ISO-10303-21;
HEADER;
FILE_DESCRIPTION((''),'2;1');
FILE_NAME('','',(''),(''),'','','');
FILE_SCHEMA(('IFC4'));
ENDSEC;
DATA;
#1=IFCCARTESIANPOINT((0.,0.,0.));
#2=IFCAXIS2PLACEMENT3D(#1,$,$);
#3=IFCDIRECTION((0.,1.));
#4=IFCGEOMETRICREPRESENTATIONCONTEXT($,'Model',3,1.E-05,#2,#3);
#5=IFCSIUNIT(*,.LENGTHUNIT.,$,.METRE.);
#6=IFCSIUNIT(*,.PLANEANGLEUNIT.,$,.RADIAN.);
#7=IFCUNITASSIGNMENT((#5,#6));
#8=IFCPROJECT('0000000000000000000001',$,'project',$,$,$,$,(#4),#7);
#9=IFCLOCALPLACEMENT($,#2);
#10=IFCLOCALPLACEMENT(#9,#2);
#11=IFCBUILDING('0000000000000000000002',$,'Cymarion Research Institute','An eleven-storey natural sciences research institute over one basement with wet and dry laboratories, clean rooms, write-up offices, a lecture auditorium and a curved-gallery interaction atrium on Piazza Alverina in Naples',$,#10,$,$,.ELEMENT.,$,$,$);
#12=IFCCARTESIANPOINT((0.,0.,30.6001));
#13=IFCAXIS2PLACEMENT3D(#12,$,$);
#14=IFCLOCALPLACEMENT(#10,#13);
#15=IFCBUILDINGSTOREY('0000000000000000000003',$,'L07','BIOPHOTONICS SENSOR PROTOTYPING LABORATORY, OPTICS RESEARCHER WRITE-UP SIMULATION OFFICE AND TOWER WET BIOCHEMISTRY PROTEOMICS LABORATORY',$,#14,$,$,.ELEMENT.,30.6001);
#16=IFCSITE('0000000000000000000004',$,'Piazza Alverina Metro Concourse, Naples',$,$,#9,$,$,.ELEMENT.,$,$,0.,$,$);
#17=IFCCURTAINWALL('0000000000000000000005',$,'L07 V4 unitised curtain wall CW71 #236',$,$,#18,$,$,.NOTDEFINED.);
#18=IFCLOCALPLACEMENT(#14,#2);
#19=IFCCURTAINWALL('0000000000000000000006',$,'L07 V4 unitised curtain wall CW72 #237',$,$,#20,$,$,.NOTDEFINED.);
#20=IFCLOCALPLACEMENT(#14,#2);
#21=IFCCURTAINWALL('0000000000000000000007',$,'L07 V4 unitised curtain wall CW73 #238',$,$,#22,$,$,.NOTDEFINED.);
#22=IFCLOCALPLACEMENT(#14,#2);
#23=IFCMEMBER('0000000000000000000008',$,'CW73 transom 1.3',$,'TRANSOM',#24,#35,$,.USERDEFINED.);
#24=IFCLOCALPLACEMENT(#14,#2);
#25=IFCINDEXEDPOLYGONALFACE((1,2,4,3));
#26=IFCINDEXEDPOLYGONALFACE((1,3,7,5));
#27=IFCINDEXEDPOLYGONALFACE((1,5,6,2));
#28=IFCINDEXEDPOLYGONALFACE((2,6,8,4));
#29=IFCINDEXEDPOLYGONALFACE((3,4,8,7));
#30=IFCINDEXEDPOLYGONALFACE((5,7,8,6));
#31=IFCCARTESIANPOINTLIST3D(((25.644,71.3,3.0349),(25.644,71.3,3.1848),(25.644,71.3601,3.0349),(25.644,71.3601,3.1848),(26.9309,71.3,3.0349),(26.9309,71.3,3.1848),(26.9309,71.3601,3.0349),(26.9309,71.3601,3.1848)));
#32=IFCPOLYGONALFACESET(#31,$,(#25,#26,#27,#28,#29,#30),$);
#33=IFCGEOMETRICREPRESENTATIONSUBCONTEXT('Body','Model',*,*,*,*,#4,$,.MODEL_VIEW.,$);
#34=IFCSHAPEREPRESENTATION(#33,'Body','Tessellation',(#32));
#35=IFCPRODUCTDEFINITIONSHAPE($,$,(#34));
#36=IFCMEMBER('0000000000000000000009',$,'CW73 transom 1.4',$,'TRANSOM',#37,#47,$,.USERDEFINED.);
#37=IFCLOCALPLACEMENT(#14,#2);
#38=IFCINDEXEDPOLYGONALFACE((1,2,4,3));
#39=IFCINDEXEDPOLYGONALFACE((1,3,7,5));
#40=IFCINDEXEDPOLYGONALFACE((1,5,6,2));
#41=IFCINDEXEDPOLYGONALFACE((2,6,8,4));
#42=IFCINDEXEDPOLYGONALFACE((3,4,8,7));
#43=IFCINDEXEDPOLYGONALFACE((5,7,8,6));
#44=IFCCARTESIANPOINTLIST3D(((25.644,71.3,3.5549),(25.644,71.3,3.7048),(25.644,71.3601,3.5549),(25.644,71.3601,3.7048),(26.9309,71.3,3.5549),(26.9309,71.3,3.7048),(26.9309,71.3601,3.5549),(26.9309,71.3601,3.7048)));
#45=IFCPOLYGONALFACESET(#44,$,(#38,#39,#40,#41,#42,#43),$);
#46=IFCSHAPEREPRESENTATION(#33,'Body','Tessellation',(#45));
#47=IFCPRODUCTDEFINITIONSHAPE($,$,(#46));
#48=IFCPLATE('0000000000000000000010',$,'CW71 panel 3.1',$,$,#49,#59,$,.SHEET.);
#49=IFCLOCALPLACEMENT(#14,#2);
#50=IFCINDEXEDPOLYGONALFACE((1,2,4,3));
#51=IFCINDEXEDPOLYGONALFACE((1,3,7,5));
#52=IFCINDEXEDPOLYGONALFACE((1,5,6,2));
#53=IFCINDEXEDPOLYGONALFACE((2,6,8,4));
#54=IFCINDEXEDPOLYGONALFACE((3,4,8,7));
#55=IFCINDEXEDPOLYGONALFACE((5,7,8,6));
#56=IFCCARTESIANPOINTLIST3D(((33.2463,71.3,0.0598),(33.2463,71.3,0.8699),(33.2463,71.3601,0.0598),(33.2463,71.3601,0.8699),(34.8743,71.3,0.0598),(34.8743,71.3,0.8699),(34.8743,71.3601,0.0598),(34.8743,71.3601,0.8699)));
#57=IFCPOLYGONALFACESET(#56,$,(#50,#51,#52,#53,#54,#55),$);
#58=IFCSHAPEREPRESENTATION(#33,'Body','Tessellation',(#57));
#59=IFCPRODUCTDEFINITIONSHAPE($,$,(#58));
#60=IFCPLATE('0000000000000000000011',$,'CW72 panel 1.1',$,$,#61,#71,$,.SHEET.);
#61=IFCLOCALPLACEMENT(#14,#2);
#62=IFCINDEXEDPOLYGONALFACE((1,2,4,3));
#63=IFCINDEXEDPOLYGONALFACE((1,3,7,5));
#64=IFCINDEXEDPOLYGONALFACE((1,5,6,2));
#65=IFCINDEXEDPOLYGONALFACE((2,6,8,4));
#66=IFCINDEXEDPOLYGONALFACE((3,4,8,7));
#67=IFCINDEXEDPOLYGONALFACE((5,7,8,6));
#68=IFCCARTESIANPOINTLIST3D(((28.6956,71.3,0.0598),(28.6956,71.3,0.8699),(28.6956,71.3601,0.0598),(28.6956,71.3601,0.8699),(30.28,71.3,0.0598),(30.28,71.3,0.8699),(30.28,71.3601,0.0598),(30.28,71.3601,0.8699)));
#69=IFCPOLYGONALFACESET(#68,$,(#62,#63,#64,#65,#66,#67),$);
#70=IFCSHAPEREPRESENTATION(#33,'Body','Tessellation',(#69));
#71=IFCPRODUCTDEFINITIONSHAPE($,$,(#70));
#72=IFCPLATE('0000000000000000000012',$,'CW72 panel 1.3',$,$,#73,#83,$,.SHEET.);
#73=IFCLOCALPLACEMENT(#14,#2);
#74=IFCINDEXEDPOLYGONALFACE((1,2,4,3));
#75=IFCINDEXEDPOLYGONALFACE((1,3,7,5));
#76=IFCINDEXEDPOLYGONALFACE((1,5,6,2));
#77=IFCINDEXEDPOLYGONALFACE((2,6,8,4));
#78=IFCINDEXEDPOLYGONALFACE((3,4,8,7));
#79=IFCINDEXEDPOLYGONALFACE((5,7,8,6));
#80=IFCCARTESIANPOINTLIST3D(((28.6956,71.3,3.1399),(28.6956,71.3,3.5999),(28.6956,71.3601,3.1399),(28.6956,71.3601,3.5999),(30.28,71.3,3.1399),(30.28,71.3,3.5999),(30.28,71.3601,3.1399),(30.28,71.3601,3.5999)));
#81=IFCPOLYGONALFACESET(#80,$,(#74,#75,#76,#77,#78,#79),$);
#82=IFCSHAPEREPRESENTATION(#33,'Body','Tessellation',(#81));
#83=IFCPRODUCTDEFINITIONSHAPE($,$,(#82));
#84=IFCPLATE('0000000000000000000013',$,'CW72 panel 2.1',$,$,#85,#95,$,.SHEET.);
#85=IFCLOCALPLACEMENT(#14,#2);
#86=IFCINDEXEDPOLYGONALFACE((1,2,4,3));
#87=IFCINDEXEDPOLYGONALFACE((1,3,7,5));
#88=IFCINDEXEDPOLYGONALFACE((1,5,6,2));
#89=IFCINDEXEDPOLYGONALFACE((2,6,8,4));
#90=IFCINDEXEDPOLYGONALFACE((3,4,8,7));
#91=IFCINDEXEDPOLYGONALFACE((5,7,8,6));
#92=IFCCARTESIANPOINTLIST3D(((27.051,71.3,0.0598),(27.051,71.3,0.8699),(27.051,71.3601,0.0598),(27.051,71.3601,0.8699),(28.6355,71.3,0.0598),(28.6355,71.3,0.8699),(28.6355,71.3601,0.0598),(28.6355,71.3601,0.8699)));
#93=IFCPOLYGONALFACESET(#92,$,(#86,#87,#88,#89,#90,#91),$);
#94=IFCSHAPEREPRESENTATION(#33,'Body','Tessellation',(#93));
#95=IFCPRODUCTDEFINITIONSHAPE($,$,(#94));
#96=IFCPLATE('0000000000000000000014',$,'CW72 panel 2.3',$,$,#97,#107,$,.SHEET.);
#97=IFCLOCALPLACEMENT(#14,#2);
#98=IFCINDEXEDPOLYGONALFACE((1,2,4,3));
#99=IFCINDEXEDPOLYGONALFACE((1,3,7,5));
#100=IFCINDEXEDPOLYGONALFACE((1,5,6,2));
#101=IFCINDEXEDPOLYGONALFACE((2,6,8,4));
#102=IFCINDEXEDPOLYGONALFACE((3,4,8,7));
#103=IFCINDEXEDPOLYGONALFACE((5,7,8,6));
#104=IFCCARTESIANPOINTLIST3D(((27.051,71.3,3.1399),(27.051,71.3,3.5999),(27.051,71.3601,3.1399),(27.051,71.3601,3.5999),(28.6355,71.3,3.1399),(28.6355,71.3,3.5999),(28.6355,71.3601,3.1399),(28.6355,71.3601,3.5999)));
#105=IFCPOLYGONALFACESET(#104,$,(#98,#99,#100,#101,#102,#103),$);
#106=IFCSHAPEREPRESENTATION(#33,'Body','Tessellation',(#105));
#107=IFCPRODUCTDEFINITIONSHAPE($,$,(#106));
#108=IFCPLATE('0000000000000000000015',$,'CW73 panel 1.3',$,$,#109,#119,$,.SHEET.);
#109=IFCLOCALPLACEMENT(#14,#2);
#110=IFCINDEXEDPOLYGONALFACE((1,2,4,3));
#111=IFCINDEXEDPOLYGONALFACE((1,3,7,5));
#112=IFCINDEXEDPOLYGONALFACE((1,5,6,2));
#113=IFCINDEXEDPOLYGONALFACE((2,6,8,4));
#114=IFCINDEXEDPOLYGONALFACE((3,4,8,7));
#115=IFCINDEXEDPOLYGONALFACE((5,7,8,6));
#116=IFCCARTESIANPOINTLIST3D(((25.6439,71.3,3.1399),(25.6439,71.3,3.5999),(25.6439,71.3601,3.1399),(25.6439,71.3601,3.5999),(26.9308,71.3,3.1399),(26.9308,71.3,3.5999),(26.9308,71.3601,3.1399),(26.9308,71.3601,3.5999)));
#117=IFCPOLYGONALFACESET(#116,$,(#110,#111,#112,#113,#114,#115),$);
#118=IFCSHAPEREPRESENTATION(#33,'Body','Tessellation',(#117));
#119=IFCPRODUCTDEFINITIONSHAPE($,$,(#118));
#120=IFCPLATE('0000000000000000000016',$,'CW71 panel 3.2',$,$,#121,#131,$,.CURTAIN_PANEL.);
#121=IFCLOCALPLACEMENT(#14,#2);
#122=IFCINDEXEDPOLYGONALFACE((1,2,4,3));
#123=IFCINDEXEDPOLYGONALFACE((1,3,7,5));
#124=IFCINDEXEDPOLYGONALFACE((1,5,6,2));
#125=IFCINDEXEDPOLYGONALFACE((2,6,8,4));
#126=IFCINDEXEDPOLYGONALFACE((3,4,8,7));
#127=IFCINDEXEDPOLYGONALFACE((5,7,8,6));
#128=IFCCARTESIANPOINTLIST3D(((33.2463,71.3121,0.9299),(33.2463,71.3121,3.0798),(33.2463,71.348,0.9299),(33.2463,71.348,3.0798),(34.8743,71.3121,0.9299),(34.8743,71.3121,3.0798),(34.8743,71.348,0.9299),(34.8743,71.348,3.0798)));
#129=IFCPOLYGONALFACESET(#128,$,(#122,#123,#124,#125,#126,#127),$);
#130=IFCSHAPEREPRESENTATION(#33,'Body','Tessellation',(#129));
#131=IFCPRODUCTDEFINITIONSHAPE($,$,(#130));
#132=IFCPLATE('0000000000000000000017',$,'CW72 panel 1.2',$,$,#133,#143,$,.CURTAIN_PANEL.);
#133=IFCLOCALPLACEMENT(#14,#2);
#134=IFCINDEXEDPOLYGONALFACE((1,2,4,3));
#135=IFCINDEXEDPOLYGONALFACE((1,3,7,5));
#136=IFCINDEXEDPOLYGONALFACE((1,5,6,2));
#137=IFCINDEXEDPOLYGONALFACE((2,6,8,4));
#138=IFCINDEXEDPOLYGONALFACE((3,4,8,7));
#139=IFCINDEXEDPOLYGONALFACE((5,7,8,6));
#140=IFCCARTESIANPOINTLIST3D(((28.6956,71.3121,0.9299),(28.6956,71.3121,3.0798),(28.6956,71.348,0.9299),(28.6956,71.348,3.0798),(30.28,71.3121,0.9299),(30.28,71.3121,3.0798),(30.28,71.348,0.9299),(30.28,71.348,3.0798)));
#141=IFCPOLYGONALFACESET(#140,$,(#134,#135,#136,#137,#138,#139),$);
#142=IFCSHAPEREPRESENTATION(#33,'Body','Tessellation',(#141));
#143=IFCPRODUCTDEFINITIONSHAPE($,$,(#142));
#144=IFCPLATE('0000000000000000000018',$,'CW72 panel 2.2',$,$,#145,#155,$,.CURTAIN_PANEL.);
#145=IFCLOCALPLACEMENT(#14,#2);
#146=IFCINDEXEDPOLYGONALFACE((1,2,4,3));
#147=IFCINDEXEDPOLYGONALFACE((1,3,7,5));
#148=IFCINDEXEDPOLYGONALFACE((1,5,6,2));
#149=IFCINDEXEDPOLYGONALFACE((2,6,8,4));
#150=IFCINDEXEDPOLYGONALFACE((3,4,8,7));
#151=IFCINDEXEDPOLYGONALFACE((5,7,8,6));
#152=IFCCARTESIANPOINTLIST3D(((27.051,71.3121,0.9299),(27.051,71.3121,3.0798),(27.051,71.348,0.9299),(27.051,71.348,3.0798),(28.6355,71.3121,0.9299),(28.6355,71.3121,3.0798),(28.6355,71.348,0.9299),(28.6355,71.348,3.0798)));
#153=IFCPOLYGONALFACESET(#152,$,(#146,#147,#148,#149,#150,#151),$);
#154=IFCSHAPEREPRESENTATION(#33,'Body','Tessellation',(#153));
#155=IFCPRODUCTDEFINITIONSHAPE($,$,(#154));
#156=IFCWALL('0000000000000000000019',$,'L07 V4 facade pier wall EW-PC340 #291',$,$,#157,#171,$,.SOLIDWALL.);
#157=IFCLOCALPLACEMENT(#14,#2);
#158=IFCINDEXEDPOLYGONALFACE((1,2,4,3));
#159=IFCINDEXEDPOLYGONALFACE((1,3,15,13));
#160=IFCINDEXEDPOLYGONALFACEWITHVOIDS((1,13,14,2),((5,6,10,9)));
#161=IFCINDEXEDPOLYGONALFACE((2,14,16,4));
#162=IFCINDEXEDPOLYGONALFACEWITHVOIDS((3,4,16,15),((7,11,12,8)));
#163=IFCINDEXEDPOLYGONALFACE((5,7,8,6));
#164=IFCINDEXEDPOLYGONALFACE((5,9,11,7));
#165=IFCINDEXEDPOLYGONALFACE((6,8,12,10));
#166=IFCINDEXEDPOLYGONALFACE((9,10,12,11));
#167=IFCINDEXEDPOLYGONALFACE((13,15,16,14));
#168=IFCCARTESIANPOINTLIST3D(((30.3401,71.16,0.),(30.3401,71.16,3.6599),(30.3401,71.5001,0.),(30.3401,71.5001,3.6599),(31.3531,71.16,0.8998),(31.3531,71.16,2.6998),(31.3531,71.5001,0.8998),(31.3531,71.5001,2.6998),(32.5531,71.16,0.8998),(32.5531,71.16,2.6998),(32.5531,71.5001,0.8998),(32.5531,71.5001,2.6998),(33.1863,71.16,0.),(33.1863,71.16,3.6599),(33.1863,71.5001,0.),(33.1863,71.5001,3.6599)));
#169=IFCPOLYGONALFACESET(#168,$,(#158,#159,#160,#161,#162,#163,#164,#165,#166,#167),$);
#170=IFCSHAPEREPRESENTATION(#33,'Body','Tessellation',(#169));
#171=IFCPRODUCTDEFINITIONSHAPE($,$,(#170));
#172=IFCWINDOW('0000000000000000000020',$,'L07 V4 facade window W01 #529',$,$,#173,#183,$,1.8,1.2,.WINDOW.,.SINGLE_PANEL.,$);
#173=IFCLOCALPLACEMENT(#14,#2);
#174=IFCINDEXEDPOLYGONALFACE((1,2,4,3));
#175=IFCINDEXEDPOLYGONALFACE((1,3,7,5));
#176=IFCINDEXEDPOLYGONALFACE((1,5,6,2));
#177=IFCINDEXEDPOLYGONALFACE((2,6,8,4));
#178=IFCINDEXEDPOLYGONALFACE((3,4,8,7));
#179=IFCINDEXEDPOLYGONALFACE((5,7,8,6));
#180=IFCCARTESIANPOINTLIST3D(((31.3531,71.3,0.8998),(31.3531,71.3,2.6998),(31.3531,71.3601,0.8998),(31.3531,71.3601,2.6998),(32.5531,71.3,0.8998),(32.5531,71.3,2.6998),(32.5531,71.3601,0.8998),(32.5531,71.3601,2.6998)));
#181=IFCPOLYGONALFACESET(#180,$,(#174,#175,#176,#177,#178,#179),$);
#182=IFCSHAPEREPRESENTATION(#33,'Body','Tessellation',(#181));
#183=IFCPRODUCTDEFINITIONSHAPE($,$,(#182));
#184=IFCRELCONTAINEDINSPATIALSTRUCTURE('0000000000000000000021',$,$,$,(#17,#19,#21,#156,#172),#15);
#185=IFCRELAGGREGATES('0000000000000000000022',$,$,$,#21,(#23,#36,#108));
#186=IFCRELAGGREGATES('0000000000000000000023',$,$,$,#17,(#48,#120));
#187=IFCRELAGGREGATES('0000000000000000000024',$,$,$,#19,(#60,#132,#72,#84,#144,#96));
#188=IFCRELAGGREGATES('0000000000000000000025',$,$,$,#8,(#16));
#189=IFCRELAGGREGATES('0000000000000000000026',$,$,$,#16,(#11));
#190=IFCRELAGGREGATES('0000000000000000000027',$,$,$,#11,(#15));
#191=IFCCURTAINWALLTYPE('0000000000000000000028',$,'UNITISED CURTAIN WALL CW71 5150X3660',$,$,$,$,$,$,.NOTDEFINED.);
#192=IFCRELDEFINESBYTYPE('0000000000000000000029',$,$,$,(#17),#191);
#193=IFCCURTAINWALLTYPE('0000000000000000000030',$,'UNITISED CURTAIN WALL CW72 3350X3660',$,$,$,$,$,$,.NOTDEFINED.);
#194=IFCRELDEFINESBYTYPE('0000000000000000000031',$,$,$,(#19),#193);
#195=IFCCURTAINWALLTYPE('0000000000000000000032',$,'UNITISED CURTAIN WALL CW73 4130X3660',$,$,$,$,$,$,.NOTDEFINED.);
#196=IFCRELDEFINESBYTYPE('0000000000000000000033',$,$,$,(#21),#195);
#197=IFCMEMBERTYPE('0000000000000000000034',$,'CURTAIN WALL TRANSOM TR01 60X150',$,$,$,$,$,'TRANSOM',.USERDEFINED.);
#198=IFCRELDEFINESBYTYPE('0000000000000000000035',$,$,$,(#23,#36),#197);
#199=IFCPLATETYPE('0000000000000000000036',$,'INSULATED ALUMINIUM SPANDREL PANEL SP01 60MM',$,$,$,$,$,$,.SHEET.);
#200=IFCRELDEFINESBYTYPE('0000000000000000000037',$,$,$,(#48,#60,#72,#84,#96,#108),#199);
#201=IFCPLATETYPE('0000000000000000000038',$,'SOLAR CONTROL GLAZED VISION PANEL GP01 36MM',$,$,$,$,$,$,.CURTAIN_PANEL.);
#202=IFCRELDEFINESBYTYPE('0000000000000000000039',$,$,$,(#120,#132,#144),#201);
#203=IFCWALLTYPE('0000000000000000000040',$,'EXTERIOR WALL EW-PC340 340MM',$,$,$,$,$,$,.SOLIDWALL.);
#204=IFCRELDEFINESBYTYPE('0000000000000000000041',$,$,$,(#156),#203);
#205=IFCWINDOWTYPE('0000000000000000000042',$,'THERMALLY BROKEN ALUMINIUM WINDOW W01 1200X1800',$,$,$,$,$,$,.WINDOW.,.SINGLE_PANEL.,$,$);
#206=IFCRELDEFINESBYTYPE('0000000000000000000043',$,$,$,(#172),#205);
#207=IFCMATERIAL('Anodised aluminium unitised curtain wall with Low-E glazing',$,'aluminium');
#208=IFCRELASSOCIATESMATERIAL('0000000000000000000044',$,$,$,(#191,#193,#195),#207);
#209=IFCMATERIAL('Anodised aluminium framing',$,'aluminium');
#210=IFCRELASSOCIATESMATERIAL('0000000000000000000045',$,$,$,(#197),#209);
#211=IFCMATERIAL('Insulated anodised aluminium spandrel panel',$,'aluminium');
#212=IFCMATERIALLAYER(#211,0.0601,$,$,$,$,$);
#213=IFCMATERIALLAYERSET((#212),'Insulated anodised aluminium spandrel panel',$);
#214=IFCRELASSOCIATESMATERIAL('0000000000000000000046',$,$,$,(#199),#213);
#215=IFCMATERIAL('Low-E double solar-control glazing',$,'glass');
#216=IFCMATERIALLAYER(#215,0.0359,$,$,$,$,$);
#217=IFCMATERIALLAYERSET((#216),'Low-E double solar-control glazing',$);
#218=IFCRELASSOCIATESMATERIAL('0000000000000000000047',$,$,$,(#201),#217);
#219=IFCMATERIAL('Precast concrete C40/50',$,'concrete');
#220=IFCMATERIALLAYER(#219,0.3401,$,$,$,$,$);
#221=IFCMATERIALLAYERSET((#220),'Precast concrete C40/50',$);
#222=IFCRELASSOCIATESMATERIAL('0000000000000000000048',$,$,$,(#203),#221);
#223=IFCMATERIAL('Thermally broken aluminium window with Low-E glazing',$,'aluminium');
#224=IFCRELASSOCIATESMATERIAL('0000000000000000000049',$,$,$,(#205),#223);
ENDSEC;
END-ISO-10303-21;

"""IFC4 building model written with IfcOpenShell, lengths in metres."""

from ifc_helpers import new_model, si_unit, direction, frame, frame_2d, origin, origin_2d, place, context, subcontext, project, spatial, rectangle, extrude, material, layer, layer_set, material_profile, profile_set, type_object, element, fill, aggregate, save


model = new_model("IFC4")

# Units and contexts
model_context = context("Model", 3, precision=1e-05, world=origin(), true_north=direction((0.0, 1.0)))
body_context = subcontext(model_context, "Body", "Model", "MODEL_VIEW")
ifc_project = project(units=[si_unit("LENGTHUNIT", "METRE"), si_unit("PLANEANGLEUNIT", "RADIAN")], contexts=[model_context])

# Site, building, storey
site_placement = place(None, origin())
site = spatial("IfcSite", under=ifc_project, at=site_placement, Name="Piazza Alverina Metro Concourse, Naples", CompositionType="ELEMENT", RefElevation=0.0)
building_placement = place(site_placement, origin())
building = spatial("IfcBuilding", under=site, at=building_placement, Name="Cymarion Research Institute", Description="An eleven-storey natural sciences research institute over one basement with wet and dry laboratories, clean rooms, write-up offices, a lecture auditorium and a curved-gallery interaction atrium on Piazza Alverina in Naples", CompositionType="ELEMENT")
storey_placement = place(building_placement, frame((0.0, 0.0, 30.6001)))
storey = spatial("IfcBuildingStorey", under=building, at=storey_placement, Name="L07", Description="BIOPHOTONICS SENSOR PROTOTYPING LABORATORY, OPTICS RESEARCHER WRITE-UP SIMULATION OFFICE AND TOWER WET BIOCHEMISTRY PROTEOMICS LABORATORY", CompositionType="ELEMENT", Elevation=30.6001)

# Curtain wall
ifc_material_1 = material(Name="Anodised aluminium unitised curtain wall with Low-E glazing", Category="aluminium")
curtain_wall_type_1 = type_object("IfcCurtainWallType", Name="UNITISED CURTAIN WALL CW71 5150X3660", PredefinedType="NOTDEFINED", material=ifc_material_1)
curtain_wall_1_placement = place(storey_placement, origin())
curtain_wall_1 = element("IfcCurtainWall", 1, at=curtain_wall_1_placement, inside=storey, type_object=curtain_wall_type_1, Name="L07 V4 unitised curtain wall CW71 #236", PredefinedType="NOTDEFINED")
ifc_material_2 = material(Name="Anodised aluminium framing", Category="aluminium")

# Curtain wall
curtain_wall_type_2 = type_object("IfcCurtainWallType", Name="UNITISED CURTAIN WALL CW72 3350X3660", PredefinedType="NOTDEFINED", material=ifc_material_1)
curtain_wall_2_placement = place(storey_placement, origin())
curtain_wall_2 = element("IfcCurtainWall", 2, at=curtain_wall_2_placement, inside=storey, type_object=curtain_wall_type_2, Name="L07 V4 unitised curtain wall CW72 #237", PredefinedType="NOTDEFINED")

# Curtain wall
curtain_wall_type_3 = type_object("IfcCurtainWallType", Name="UNITISED CURTAIN WALL CW73 4130X3660", PredefinedType="NOTDEFINED", material=ifc_material_1)
curtain_wall_3_placement = place(storey_placement, origin())
curtain_wall_3 = element("IfcCurtainWall", 3, at=curtain_wall_3_placement, inside=storey, type_object=curtain_wall_type_3, Name="L07 V4 unitised curtain wall CW73 #238", PredefinedType="NOTDEFINED")

# Members
ifc_material_profile_1 = material_profile(ifc_material_2, rectangle(XDim=0.0601, YDim=0.1499, at=origin_2d()), Name="ALU TRANSOM 60x150")
ifc_profile_set_1 = profile_set([ifc_material_profile_1], Name="Anodised aluminium framing")
member_type_1 = type_object("IfcMemberType", Name="CURTAIN WALL TRANSOM TR01 60X150", ElementType="TRANSOM", PredefinedType="USERDEFINED", material=ifc_profile_set_1)
member_1_placement = place(storey_placement, frame((26.9309, 71.3301, 3.1099), z_axis=(-1.0, 0.0, 0.0), x_axis=(0.0, -1.0, 0.0)))
member_1 = element("IfcMember", 4, at=member_1_placement, type_object=member_type_1, Name="CW73 transom 1.3", ObjectType="TRANSOM", PredefinedType="USERDEFINED", context=body_context, shape_type="SweptSolid", body=[
    extrude(rectangle(XDim=0.0601, YDim=0.1499, at=origin_2d()), origin(), (0.0, 0.0, 1.0), 1.2869),
])
member_2_placement = place(storey_placement, frame((26.9309, 71.3301, 3.6299), z_axis=(-1.0, 0.0, 0.0), x_axis=(0.0, -1.0, 0.0)))
member_2 = element("IfcMember", 5, at=member_2_placement, type_object=member_type_1, Name="CW73 transom 1.4", ObjectType="TRANSOM", PredefinedType="USERDEFINED", context=body_context, shape_type="SweptSolid", body=[
    extrude(rectangle(XDim=0.0601, YDim=0.1499, at=origin_2d()), origin(), (0.0, 0.0, 1.0), 1.2869),
])

# Plates
ifc_material_3 = material(Name="Insulated anodised aluminium spandrel panel", Category="aluminium")
ifc_layer_1 = layer(ifc_material_3, 0.0601)
ifc_layer_set_1 = layer_set([ifc_layer_1], Name="Insulated anodised aluminium spandrel panel")
plate_type_1 = type_object("IfcPlateType", Name="INSULATED ALUMINIUM SPANDREL PANEL SP01 60MM", PredefinedType="SHEET", material=ifc_layer_set_1)
plate_1_placement = place(storey_placement, frame((34.0603, 71.3301, 0.0598), z_axis=(0.0, 0.0, 1.0), x_axis=(-1.0, 0.0, 0.0)))
plate_1 = element("IfcPlate", 6, at=plate_1_placement, type_object=plate_type_1, Name="CW71 panel 3.1", PredefinedType="SHEET", context=body_context, shape_type="SweptSolid", body=[
    extrude(rectangle(XDim=1.6279, YDim=0.0601, at=origin_2d()), origin(), (0.0, 0.0, 1.0), 0.8101),
])
plate_2_placement = place(storey_placement, frame((29.4878, 71.3301, 0.0598), z_axis=(0.0, 0.0, 1.0), x_axis=(-1.0, 0.0, 0.0)))
plate_2 = element("IfcPlate", 7, at=plate_2_placement, type_object=plate_type_1, Name="CW72 panel 1.1", PredefinedType="SHEET", context=body_context, shape_type="SweptSolid", body=[
    extrude(rectangle(XDim=1.5845, YDim=0.0601, at=origin_2d()), origin(), (0.0, 0.0, 1.0), 0.8101),
])
plate_3_placement = place(storey_placement, frame((29.4878, 71.3301, 3.1399), z_axis=(0.0, 0.0, 1.0), x_axis=(-1.0, 0.0, 0.0)))
plate_3 = element("IfcPlate", 8, at=plate_3_placement, type_object=plate_type_1, Name="CW72 panel 1.3", PredefinedType="SHEET", context=body_context, shape_type="SweptSolid", body=[
    extrude(rectangle(XDim=1.5845, YDim=0.0601, at=origin_2d()), origin(), (0.0, 0.0, 1.0), 0.46),
])
plate_4_placement = place(storey_placement, frame((27.8433, 71.3301, 0.0598), z_axis=(0.0, 0.0, 1.0), x_axis=(-1.0, 0.0, 0.0)))
plate_4 = element("IfcPlate", 9, at=plate_4_placement, type_object=plate_type_1, Name="CW72 panel 2.1", PredefinedType="SHEET", context=body_context, shape_type="SweptSolid", body=[
    extrude(rectangle(XDim=1.5845, YDim=0.0601, at=origin_2d()), origin(), (0.0, 0.0, 1.0), 0.8101),
])
plate_5_placement = place(storey_placement, frame((27.8433, 71.3301, 3.1399), z_axis=(0.0, 0.0, 1.0), x_axis=(-1.0, 0.0, 0.0)))
plate_5 = element("IfcPlate", 10, at=plate_5_placement, type_object=plate_type_1, Name="CW72 panel 2.3", PredefinedType="SHEET", context=body_context, shape_type="SweptSolid", body=[
    extrude(rectangle(XDim=1.5845, YDim=0.0601, at=origin_2d()), origin(), (0.0, 0.0, 1.0), 0.46),
])
plate_6_placement = place(storey_placement, frame((26.2874, 71.3301, 3.1399), z_axis=(0.0, 0.0, 1.0), x_axis=(-1.0, 0.0, 0.0)))
plate_6 = element("IfcPlate", 11, at=plate_6_placement, type_object=plate_type_1, Name="CW73 panel 1.3", PredefinedType="SHEET", context=body_context, shape_type="SweptSolid", body=[
    extrude(rectangle(XDim=1.2869, YDim=0.0601, at=origin_2d()), origin(), (0.0, 0.0, 1.0), 0.46),
])
aggregate(curtain_wall_3, [member_1, member_2, plate_6])
ifc_material_4 = material(Name="Low-E double solar-control glazing", Category="glass")
ifc_layer_2 = layer(ifc_material_4, 0.0359)
ifc_layer_set_2 = layer_set([ifc_layer_2], Name="Low-E double solar-control glazing")
plate_type_2 = type_object("IfcPlateType", Name="SOLAR CONTROL GLAZED VISION PANEL GP01 36MM", PredefinedType="CURTAIN_PANEL", material=ifc_layer_set_2)
plate_7_placement = place(storey_placement, frame((34.0603, 71.3301, 0.9299), z_axis=(0.0, 0.0, 1.0), x_axis=(-1.0, 0.0, 0.0)))
plate_7 = element("IfcPlate", 12, at=plate_7_placement, type_object=plate_type_2, Name="CW71 panel 3.2", PredefinedType="CURTAIN_PANEL", context=body_context, shape_type="SweptSolid", body=[
    extrude(rectangle(XDim=1.6279, YDim=0.0359, at=origin_2d()), origin(), (0.0, 0.0, 1.0), 2.1499),
])
aggregate(curtain_wall_1, [plate_1, plate_7])
plate_8_placement = place(storey_placement, frame((29.4878, 71.3301, 0.9299), z_axis=(0.0, 0.0, 1.0), x_axis=(-1.0, 0.0, 0.0)))
plate_8 = element("IfcPlate", 13, at=plate_8_placement, type_object=plate_type_2, Name="CW72 panel 1.2", PredefinedType="CURTAIN_PANEL", context=body_context, shape_type="SweptSolid", body=[
    extrude(rectangle(XDim=1.5845, YDim=0.0359, at=origin_2d()), origin(), (0.0, 0.0, 1.0), 2.1499),
])
plate_9_placement = place(storey_placement, frame((27.8433, 71.3301, 0.9299), z_axis=(0.0, 0.0, 1.0), x_axis=(-1.0, 0.0, 0.0)))
plate_9 = element("IfcPlate", 14, at=plate_9_placement, type_object=plate_type_2, Name="CW72 panel 2.2", PredefinedType="CURTAIN_PANEL", context=body_context, shape_type="SweptSolid", body=[
    extrude(rectangle(XDim=1.5845, YDim=0.0359, at=origin_2d()), origin(), (0.0, 0.0, 1.0), 2.1499),
])
aggregate(curtain_wall_2, [plate_2, plate_8, plate_3, plate_4, plate_9, plate_5])

# Wall, opening, window
ifc_material_5 = material(Name="Precast concrete C40/50", Category="concrete")
ifc_layer_3 = layer(ifc_material_5, 0.3401)
ifc_layer_set_3 = layer_set([ifc_layer_3], Name="Precast concrete C40/50")
wall_type_1 = type_object("IfcWallType", Name="EXTERIOR WALL EW-PC340 340MM", PredefinedType="SOLIDWALL", material=ifc_layer_set_3)
wall_1_placement = place(storey_placement, frame((33.1863, 71.3301, 0.0), z_axis=(0.0, 0.0, 1.0), x_axis=(-1.0, 0.0, 0.0)))
wall_1 = element("IfcWall", 15, at=wall_1_placement, inside=storey, type_object=wall_type_1, Name="L07 V4 facade pier wall EW-PC340 #291", PredefinedType="SOLIDWALL", context=body_context, shape_type="SweptSolid", body=[
    extrude(rectangle(XDim=2.8462, YDim=0.3401, at=frame_2d((1.4231, 0.0))), origin(), (0.0, 0.0, 1.0), 3.6599),
])
opening_1_placement = place(wall_1_placement, frame((0.6331, 0.0, 0.8999)))
opening_1 = element("IfcOpeningElement", 16, at=opening_1_placement, cuts=wall_1, PredefinedType="OPENING", context=body_context, shape_type="SweptSolid", body=[
    extrude(rectangle(XDim=1.2, YDim=1.8, at=frame_2d((0.6001, 0.8999))), frame((0.0, 0.1799, 0.0), z_axis=(0.0, -1.0, 0.0), x_axis=(1.0, 0.0, 0.0)), (0.0, 0.0, 1.0), 0.3601),
])
ifc_material_6 = material(Name="Thermally broken aluminium window with Low-E glazing", Category="aluminium")
window_type = type_object("IfcWindowType", Name="THERMALLY BROKEN ALUMINIUM WINDOW W01 1200X1800", PartitioningType="SINGLE_PANEL", PredefinedType="WINDOW", material=ifc_material_6)
window_placement = place(opening_1_placement, origin())
window = element("IfcWindow", 17, at=window_placement, inside=storey, type_object=window_type, Name="L07 V4 facade window W01 #529", OverallHeight=1.8, OverallWidth=1.2, PartitioningType="SINGLE_PANEL", PredefinedType="WINDOW", context=body_context, shape_type="SweptSolid", body=[
    extrude(rectangle(XDim=1.2, YDim=1.8, at=frame_2d((0.6001, 0.8999))), frame((0.0, 0.03, 0.0), z_axis=(0.0, -1.0, 0.0), x_axis=(1.0, 0.0, 0.0)), (0.0, 0.0, 1.0), 0.0601),
])
fill(opening_1, window)

save(model, "model.ifc")
